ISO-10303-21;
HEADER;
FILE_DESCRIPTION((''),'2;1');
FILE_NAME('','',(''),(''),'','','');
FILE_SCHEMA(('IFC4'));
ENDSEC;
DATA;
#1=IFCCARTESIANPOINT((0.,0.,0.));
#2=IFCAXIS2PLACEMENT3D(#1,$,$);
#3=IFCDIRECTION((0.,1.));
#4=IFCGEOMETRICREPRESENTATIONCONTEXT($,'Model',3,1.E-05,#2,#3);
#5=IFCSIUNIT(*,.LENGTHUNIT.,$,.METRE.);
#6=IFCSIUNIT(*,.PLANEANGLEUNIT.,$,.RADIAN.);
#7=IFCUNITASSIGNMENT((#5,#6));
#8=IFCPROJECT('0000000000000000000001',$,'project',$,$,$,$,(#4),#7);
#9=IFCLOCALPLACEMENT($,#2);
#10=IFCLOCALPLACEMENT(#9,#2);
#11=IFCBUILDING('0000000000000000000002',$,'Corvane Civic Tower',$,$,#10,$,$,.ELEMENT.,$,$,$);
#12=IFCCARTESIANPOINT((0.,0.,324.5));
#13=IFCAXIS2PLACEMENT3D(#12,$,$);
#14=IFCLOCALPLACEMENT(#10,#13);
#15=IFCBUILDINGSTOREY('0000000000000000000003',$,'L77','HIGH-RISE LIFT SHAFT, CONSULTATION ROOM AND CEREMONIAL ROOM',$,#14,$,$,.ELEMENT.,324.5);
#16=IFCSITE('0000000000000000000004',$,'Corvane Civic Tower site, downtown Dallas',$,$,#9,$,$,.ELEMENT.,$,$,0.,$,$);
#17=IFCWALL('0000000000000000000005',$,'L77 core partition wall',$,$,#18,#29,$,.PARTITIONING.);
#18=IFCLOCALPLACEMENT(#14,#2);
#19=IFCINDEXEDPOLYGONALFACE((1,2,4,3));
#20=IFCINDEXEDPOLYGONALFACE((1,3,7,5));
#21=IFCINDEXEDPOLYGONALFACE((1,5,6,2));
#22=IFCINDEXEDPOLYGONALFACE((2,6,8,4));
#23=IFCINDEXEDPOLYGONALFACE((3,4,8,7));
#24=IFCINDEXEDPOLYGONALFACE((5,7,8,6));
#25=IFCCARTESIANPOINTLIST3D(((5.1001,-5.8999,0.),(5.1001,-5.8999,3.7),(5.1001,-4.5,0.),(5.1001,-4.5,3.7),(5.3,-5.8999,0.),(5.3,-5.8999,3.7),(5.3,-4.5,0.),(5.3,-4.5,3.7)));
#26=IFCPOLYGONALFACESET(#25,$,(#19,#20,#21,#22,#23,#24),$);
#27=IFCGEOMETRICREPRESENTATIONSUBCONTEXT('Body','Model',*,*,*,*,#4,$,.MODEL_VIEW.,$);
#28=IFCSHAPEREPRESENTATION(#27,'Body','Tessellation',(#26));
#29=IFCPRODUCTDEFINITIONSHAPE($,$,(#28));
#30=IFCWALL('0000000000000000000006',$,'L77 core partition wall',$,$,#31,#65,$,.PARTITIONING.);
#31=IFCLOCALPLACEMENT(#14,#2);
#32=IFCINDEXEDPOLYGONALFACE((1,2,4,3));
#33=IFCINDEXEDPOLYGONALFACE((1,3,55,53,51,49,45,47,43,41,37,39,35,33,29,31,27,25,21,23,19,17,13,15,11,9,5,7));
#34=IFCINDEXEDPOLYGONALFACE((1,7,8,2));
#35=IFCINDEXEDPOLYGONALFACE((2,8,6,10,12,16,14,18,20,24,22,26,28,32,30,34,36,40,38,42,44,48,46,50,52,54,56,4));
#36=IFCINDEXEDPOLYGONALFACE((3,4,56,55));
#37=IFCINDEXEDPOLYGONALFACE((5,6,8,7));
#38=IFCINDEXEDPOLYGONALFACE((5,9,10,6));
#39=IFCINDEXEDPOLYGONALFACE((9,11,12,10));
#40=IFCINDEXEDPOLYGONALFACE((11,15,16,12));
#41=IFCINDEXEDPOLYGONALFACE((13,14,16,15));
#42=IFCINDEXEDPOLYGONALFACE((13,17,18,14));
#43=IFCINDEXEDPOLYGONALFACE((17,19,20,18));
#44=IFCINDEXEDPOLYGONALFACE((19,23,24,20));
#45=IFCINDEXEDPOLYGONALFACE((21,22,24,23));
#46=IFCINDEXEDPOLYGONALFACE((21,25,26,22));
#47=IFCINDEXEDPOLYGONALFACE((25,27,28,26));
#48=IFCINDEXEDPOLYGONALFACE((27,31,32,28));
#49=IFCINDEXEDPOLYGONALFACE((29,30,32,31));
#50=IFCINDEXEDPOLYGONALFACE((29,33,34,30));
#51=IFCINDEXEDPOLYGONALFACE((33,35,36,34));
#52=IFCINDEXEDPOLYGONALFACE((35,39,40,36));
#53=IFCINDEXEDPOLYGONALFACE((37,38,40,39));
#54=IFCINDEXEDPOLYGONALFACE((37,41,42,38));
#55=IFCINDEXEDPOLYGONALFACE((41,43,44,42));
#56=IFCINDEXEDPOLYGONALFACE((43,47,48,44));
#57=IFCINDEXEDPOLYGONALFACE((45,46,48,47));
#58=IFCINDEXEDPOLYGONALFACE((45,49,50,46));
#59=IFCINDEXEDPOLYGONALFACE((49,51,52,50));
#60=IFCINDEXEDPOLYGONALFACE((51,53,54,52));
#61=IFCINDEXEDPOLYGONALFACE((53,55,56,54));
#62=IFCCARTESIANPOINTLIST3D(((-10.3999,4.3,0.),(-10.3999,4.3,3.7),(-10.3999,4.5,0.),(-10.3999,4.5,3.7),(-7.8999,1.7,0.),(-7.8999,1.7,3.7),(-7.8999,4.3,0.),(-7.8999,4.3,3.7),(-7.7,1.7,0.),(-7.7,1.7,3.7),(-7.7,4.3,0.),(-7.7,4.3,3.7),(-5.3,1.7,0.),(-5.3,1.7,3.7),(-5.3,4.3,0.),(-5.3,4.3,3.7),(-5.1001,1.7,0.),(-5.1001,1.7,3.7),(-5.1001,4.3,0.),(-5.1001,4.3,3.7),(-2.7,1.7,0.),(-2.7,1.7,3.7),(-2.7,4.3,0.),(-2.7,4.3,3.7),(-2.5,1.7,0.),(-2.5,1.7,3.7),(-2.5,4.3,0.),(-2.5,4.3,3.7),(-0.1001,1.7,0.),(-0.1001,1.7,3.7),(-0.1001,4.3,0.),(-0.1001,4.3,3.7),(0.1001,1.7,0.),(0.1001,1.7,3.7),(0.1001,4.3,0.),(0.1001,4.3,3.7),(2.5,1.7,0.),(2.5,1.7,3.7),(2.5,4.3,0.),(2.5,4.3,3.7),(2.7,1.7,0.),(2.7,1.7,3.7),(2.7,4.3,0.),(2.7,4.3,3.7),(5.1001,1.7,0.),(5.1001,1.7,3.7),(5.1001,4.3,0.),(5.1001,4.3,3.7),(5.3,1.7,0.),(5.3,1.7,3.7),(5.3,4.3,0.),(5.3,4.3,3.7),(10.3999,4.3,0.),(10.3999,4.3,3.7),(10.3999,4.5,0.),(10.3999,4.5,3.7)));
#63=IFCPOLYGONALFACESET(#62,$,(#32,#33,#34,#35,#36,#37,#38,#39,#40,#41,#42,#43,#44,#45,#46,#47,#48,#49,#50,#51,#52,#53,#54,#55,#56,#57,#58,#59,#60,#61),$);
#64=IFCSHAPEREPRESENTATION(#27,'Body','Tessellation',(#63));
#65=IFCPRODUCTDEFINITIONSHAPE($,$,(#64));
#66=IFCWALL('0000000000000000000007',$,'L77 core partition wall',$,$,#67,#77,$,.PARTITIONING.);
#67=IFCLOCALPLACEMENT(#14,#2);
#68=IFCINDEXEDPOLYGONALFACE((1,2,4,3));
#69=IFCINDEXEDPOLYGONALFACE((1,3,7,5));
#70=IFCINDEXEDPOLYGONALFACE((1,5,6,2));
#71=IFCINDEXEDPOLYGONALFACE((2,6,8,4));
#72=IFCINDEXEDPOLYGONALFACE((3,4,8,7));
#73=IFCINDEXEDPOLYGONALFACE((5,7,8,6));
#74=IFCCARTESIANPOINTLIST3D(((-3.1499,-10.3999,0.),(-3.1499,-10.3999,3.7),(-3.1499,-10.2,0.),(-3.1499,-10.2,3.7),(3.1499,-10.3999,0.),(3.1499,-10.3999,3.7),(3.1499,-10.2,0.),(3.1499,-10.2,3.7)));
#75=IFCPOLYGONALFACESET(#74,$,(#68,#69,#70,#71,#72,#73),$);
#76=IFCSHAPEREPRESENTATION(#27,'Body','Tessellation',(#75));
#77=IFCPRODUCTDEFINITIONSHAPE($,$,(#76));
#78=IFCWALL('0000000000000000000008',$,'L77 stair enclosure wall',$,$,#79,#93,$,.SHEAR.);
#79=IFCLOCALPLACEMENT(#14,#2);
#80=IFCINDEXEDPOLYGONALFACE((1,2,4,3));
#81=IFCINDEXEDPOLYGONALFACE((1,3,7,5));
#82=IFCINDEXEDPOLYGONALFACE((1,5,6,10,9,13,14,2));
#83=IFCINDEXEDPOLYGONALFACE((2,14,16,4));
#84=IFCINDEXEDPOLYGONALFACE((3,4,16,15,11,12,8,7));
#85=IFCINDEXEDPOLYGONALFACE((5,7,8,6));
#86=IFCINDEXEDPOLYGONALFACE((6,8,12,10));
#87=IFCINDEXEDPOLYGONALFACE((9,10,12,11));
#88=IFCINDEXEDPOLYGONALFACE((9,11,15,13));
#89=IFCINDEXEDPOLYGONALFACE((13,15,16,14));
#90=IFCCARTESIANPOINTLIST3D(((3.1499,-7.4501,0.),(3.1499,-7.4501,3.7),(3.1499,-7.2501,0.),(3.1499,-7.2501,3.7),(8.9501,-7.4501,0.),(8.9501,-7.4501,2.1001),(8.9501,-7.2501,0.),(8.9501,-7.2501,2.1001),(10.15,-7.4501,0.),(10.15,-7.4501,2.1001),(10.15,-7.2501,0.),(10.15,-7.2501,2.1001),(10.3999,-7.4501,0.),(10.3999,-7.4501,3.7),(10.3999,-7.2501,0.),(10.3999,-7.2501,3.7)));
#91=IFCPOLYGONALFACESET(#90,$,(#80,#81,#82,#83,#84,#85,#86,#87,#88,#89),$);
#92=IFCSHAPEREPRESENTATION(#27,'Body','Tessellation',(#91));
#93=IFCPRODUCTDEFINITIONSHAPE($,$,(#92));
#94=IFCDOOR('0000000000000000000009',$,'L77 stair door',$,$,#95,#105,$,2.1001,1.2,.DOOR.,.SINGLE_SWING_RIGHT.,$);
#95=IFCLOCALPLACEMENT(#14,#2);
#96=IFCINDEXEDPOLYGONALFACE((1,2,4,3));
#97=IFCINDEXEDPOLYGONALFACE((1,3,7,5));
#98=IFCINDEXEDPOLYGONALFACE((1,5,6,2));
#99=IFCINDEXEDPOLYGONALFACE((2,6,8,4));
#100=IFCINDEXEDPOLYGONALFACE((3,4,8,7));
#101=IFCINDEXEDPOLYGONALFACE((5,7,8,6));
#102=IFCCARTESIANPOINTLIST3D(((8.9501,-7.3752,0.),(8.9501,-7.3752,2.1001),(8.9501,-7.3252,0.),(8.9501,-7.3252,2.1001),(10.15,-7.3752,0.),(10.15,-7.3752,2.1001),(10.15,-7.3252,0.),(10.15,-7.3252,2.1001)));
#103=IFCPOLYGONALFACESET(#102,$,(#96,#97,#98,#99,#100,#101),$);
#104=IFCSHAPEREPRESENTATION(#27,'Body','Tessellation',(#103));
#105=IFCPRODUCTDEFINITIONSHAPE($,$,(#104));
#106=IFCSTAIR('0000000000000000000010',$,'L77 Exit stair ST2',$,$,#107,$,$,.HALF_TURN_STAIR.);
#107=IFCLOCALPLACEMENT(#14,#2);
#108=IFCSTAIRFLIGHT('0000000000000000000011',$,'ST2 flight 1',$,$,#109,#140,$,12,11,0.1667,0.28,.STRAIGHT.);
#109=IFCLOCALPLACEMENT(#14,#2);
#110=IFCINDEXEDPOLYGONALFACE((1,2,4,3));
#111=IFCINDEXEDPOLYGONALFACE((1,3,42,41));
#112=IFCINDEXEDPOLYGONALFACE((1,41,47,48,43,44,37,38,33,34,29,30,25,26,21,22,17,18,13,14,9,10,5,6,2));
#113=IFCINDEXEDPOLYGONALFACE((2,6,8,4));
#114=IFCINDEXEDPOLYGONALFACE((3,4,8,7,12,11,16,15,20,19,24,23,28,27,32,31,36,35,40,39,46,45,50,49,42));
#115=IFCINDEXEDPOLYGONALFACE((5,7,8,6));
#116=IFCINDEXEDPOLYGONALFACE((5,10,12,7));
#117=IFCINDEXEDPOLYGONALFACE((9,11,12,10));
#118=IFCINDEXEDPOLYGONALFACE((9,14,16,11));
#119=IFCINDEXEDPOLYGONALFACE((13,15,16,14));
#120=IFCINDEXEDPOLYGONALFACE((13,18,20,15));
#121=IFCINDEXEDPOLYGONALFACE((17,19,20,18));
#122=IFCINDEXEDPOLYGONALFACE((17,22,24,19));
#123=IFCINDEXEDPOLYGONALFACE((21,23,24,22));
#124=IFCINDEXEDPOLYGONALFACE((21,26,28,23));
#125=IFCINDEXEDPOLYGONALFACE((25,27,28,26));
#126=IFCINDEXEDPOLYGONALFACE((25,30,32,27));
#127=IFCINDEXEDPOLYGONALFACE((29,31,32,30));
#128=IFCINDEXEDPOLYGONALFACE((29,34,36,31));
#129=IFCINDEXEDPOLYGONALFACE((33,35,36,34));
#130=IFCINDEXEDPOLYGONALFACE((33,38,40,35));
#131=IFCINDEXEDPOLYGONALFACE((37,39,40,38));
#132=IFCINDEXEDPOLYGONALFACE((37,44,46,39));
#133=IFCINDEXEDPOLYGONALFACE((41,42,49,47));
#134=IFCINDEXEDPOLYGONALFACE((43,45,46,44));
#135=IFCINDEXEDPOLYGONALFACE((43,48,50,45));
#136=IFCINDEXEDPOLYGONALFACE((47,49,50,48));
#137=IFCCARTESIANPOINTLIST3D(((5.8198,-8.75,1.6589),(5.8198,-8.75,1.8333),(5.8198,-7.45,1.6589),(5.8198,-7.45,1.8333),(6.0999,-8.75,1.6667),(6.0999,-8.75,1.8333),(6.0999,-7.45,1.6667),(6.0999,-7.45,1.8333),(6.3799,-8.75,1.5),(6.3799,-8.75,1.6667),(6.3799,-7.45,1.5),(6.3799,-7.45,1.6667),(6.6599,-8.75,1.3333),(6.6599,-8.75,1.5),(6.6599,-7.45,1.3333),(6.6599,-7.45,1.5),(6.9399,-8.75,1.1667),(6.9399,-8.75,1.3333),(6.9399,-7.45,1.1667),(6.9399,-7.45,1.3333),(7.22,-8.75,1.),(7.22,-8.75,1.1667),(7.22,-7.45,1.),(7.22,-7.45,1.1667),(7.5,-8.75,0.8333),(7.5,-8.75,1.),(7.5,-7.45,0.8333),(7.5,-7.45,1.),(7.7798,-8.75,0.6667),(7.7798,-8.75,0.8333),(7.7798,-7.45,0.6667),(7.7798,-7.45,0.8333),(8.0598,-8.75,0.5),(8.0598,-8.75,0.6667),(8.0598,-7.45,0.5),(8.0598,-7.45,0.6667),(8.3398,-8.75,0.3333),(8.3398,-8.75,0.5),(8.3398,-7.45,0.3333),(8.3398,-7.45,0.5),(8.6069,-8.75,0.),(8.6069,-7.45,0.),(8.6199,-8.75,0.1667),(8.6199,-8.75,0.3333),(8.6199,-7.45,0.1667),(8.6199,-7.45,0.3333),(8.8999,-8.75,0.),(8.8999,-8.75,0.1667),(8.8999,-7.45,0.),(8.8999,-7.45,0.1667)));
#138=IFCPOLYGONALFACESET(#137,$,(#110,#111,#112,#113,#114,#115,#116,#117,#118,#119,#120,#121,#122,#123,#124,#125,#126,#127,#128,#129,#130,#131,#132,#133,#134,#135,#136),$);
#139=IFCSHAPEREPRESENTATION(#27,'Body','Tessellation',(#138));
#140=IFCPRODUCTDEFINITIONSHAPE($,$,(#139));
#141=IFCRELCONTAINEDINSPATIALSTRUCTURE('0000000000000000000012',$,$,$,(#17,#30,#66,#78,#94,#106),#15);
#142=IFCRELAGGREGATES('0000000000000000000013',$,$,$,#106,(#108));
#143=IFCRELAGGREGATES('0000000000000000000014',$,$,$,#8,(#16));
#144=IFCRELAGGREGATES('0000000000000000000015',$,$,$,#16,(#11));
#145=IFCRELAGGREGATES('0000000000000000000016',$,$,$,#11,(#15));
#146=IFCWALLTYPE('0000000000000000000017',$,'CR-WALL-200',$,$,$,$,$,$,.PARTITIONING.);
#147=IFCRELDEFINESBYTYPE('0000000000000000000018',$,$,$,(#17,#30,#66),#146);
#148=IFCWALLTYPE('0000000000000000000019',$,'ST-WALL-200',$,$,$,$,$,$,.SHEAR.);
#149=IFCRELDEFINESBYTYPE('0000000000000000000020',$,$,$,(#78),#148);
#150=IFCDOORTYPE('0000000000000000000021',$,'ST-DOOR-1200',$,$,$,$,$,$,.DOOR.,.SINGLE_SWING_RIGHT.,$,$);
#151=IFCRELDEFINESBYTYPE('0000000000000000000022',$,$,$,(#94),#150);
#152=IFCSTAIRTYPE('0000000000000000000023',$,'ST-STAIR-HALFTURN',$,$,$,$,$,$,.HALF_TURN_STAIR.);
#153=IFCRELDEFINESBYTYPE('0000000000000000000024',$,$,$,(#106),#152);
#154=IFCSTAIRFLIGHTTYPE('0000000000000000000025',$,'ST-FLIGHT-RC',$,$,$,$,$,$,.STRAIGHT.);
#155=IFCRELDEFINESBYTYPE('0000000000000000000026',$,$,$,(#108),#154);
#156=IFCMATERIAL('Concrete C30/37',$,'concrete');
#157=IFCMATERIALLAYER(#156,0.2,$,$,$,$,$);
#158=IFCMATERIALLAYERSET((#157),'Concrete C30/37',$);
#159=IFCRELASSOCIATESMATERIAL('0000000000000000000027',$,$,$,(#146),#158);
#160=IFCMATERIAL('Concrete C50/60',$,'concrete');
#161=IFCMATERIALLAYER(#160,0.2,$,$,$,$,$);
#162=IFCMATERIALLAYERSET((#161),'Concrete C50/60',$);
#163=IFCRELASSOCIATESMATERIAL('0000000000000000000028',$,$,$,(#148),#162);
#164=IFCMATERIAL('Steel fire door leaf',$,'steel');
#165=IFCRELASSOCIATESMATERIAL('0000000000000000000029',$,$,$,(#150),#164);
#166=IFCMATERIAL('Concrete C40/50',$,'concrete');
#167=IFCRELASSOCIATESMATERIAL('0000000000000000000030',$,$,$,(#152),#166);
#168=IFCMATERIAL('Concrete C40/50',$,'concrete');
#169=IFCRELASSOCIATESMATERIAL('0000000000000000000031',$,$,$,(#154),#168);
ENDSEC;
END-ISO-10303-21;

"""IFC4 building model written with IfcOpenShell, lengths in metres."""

from ifc_helpers import new_model, si_unit, direction, frame, frame_2d, origin, place, context, subcontext, project, spatial, polyline, rectangle, outline, extrude, material, layer, layer_set, type_object, element, fill, aggregate, save


model = new_model("IFC4")

# Units and contexts
model_context = context("Model", 3, precision=1e-05, world=origin(), true_north=direction((0.0, 1.0)))
body_context = subcontext(model_context, "Body", "Model", "MODEL_VIEW")
ifc_project = project(units=[si_unit("LENGTHUNIT", "METRE"), si_unit("PLANEANGLEUNIT", "RADIAN")], contexts=[model_context])

# Site, building, storey
site_placement = place(None, origin())
site = spatial("IfcSite", under=ifc_project, at=site_placement, Name="Corvane Civic Tower site, downtown Dallas", CompositionType="ELEMENT", RefElevation=0.0)
building_placement = place(site_placement, origin())
building = spatial("IfcBuilding", under=site, at=building_placement, Name="Corvane Civic Tower", CompositionType="ELEMENT")
storey_placement = place(building_placement, frame((0.0, 0.0, 324.5)))
storey = spatial("IfcBuildingStorey", under=building, at=storey_placement, Name="L77", Description="HIGH-RISE LIFT SHAFT, CONSULTATION ROOM AND CEREMONIAL ROOM", CompositionType="ELEMENT", Elevation=324.5)

# Shared definitions
ifc_material_1 = material(Name="Concrete C30/37", Category="concrete")
ifc_layer_1 = layer(ifc_material_1, 0.2)
ifc_layer_set_1 = layer_set([ifc_layer_1], Name="Concrete C30/37")
wall_type_1 = type_object("IfcWallType", Name="CR-WALL-200", PredefinedType="PARTITIONING", material=ifc_layer_set_1)

# Walls
wall_1_placement = place(storey_placement, origin())
element("IfcWall", 1, at=wall_1_placement, inside=storey, type_object=wall_type_1, Name="L77 core partition wall", PredefinedType="PARTITIONING", context=body_context, shape_type="SweptSolid", body=[
    extrude(outline(polyline([(5.3, -5.8999), (5.1001, -5.8999), (5.1001, -4.5), (5.3, -4.5), (5.3, -5.8999)])), origin(), (0.0, 0.0, 1.0), 3.7),
])
wall_2_placement = place(storey_placement, origin())
element("IfcWall", 2, at=wall_2_placement, inside=storey, type_object=wall_type_1, Name="L77 core partition wall", PredefinedType="PARTITIONING", context=body_context, shape_type="SweptSolid", body=[
    extrude(outline(polyline([(-7.7, 1.7), (-7.8999, 1.7), (-7.8999, 4.3), (-10.3999, 4.3), (-10.3999, 4.5), (10.3999, 4.5), (10.3999, 4.3), (5.3, 4.3), (5.3, 1.7), (5.1001, 1.7), (5.1001, 4.3), (2.7, 4.3), (2.7, 1.7), (2.5, 1.7), (2.5, 4.3), (0.1001, 4.3), (0.1001, 1.7), (-0.1001, 1.7), (-0.1001, 4.3), (-2.5, 4.3), (-2.5, 1.7), (-2.7, 1.7), (-2.7, 4.3), (-5.1001, 4.3), (-5.1001, 1.7), (-5.3, 1.7), (-5.3, 4.3), (-7.7, 4.3), (-7.7, 1.7)])), origin(), (0.0, 0.0, 1.0), 3.7),
])
wall_3_placement = place(storey_placement, origin())
element("IfcWall", 3, at=wall_3_placement, inside=storey, type_object=wall_type_1, Name="L77 core partition wall", PredefinedType="PARTITIONING", context=body_context, shape_type="SweptSolid", body=[
    extrude(outline(polyline([(3.1499, -10.2), (3.1499, -10.3999), (-3.1499, -10.3999), (-3.1499, -10.2), (3.1499, -10.2)])), origin(), (0.0, 0.0, 1.0), 3.7),
])

# Wall, opening, door
ifc_material_2 = material(Name="Concrete C50/60", Category="concrete")
ifc_layer_2 = layer(ifc_material_2, 0.2)
ifc_layer_set_2 = layer_set([ifc_layer_2], Name="Concrete C50/60")
wall_type_2 = type_object("IfcWallType", Name="ST-WALL-200", PredefinedType="SHEAR", material=ifc_layer_set_2)
wall_4_placement = place(storey_placement, frame((3.1499, -7.3501, 0.0), z_axis=(0.0, 0.0, 1.0), x_axis=(1.0, 0.0, 0.0)))
wall_4 = element("IfcWall", 4, at=wall_4_placement, inside=storey, type_object=wall_type_2, Name="L77 stair enclosure wall", PredefinedType="SHEAR", context=body_context, shape_type="SweptSolid", body=[
    extrude(rectangle(XDim=7.25, YDim=0.2, at=frame_2d((3.625, 0.0))), origin(), (0.0, 0.0, 1.0), 3.7),
])
opening_1_placement = place(wall_4_placement, frame((5.8, 0.0, 0.0)))
opening_1 = element("IfcOpeningElement", 5, at=opening_1_placement, cuts=wall_4, PredefinedType="OPENING", context=body_context, shape_type="SweptSolid", body=[
    extrude(rectangle(XDim=1.2, YDim=2.1001, at=frame_2d((0.6001, 1.05))), frame((0.0, 0.1099, 0.0), z_axis=(0.0, -1.0, 0.0), x_axis=(1.0, 0.0, 0.0)), (0.0, 0.0, 1.0), 0.22),
])
ifc_material_3 = material(Name="Steel fire door leaf", Category="steel")
door_type_1 = type_object("IfcDoorType", Name="ST-DOOR-1200", OperationType="SINGLE_SWING_RIGHT", PredefinedType="DOOR", material=ifc_material_3)
door_1_placement = place(opening_1_placement, origin())
door_1 = element("IfcDoor", 6, at=door_1_placement, inside=storey, type_object=door_type_1, Name="L77 stair door", OperationType="SINGLE_SWING_RIGHT", OverallHeight=2.1001, OverallWidth=1.2, PredefinedType="DOOR", context=body_context, shape_type="SweptSolid", body=[
    extrude(rectangle(XDim=1.2, YDim=2.1001, at=frame_2d((0.6001, 1.05))), frame((0.0, 0.0249, 0.0), z_axis=(0.0, -1.0, 0.0), x_axis=(1.0, 0.0, 0.0)), (0.0, 0.0, 1.0), 0.05),
])
fill(opening_1, door_1)

# Stair, stair flight
ifc_material_4 = material(Name="Concrete C40/50", Category="concrete")
stair_type = type_object("IfcStairType", Name="ST-STAIR-HALFTURN", PredefinedType="HALF_TURN_STAIR", material=ifc_material_4)
stair_placement = place(storey_placement, origin())
stair = element("IfcStair", 7, at=stair_placement, inside=storey, type_object=stair_type, Name="L77 Exit stair ST2", PredefinedType="HALF_TURN_STAIR")
ifc_material_5 = material(Name="Concrete C40/50", Category="concrete")
stair_flight_type = type_object("IfcStairFlightType", Name="ST-FLIGHT-RC", PredefinedType="STRAIGHT", material=ifc_material_5)
stair_flight_placement = place(storey_placement, frame((8.8999, -8.1001, 0.0), z_axis=(0.0, 0.0, 1.0), x_axis=(-1.0, 0.0, 0.0)))
stair_flight = element("IfcStairFlight", 8, at=stair_flight_placement, type_object=stair_flight_type, Name="ST2 flight 1", NumberOfRisers=12, NumberOfTreads=11, PredefinedType="STRAIGHT", RiserHeight=0.1667, TreadLength=0.28, context=body_context, shape_type="SweptSolid", body=[
    extrude(outline(polyline([(0.0, 0.0), (0.0, 0.1667), (0.28, 0.1667), (0.28, 0.3333), (0.5601, 0.3333), (0.5601, 0.5), (0.8401, 0.5), (0.8401, 0.6667), (1.1201, 0.6667), (1.1201, 0.8333), (1.3999, 0.8333), (1.3999, 1.0), (1.6799, 1.0), (1.6799, 1.1667), (1.96, 1.1667), (1.96, 1.3333), (2.24, 1.3333), (2.24, 1.5), (2.52, 1.5), (2.52, 1.6667), (2.8, 1.6667), (2.8, 1.8333), (3.0801, 1.8333), (3.0801, 2.0), (3.0801, 1.6589), (0.293, 0.0), (0.0, 0.0)])), frame((0.0, 0.6499, 0.0), z_axis=(0.0, -1.0, 0.0), x_axis=(1.0, 0.0, 0.0)), (0.0, 0.0, 1.0), 1.3),
])
aggregate(stair, [stair_flight])

save(model, "model.ifc")
